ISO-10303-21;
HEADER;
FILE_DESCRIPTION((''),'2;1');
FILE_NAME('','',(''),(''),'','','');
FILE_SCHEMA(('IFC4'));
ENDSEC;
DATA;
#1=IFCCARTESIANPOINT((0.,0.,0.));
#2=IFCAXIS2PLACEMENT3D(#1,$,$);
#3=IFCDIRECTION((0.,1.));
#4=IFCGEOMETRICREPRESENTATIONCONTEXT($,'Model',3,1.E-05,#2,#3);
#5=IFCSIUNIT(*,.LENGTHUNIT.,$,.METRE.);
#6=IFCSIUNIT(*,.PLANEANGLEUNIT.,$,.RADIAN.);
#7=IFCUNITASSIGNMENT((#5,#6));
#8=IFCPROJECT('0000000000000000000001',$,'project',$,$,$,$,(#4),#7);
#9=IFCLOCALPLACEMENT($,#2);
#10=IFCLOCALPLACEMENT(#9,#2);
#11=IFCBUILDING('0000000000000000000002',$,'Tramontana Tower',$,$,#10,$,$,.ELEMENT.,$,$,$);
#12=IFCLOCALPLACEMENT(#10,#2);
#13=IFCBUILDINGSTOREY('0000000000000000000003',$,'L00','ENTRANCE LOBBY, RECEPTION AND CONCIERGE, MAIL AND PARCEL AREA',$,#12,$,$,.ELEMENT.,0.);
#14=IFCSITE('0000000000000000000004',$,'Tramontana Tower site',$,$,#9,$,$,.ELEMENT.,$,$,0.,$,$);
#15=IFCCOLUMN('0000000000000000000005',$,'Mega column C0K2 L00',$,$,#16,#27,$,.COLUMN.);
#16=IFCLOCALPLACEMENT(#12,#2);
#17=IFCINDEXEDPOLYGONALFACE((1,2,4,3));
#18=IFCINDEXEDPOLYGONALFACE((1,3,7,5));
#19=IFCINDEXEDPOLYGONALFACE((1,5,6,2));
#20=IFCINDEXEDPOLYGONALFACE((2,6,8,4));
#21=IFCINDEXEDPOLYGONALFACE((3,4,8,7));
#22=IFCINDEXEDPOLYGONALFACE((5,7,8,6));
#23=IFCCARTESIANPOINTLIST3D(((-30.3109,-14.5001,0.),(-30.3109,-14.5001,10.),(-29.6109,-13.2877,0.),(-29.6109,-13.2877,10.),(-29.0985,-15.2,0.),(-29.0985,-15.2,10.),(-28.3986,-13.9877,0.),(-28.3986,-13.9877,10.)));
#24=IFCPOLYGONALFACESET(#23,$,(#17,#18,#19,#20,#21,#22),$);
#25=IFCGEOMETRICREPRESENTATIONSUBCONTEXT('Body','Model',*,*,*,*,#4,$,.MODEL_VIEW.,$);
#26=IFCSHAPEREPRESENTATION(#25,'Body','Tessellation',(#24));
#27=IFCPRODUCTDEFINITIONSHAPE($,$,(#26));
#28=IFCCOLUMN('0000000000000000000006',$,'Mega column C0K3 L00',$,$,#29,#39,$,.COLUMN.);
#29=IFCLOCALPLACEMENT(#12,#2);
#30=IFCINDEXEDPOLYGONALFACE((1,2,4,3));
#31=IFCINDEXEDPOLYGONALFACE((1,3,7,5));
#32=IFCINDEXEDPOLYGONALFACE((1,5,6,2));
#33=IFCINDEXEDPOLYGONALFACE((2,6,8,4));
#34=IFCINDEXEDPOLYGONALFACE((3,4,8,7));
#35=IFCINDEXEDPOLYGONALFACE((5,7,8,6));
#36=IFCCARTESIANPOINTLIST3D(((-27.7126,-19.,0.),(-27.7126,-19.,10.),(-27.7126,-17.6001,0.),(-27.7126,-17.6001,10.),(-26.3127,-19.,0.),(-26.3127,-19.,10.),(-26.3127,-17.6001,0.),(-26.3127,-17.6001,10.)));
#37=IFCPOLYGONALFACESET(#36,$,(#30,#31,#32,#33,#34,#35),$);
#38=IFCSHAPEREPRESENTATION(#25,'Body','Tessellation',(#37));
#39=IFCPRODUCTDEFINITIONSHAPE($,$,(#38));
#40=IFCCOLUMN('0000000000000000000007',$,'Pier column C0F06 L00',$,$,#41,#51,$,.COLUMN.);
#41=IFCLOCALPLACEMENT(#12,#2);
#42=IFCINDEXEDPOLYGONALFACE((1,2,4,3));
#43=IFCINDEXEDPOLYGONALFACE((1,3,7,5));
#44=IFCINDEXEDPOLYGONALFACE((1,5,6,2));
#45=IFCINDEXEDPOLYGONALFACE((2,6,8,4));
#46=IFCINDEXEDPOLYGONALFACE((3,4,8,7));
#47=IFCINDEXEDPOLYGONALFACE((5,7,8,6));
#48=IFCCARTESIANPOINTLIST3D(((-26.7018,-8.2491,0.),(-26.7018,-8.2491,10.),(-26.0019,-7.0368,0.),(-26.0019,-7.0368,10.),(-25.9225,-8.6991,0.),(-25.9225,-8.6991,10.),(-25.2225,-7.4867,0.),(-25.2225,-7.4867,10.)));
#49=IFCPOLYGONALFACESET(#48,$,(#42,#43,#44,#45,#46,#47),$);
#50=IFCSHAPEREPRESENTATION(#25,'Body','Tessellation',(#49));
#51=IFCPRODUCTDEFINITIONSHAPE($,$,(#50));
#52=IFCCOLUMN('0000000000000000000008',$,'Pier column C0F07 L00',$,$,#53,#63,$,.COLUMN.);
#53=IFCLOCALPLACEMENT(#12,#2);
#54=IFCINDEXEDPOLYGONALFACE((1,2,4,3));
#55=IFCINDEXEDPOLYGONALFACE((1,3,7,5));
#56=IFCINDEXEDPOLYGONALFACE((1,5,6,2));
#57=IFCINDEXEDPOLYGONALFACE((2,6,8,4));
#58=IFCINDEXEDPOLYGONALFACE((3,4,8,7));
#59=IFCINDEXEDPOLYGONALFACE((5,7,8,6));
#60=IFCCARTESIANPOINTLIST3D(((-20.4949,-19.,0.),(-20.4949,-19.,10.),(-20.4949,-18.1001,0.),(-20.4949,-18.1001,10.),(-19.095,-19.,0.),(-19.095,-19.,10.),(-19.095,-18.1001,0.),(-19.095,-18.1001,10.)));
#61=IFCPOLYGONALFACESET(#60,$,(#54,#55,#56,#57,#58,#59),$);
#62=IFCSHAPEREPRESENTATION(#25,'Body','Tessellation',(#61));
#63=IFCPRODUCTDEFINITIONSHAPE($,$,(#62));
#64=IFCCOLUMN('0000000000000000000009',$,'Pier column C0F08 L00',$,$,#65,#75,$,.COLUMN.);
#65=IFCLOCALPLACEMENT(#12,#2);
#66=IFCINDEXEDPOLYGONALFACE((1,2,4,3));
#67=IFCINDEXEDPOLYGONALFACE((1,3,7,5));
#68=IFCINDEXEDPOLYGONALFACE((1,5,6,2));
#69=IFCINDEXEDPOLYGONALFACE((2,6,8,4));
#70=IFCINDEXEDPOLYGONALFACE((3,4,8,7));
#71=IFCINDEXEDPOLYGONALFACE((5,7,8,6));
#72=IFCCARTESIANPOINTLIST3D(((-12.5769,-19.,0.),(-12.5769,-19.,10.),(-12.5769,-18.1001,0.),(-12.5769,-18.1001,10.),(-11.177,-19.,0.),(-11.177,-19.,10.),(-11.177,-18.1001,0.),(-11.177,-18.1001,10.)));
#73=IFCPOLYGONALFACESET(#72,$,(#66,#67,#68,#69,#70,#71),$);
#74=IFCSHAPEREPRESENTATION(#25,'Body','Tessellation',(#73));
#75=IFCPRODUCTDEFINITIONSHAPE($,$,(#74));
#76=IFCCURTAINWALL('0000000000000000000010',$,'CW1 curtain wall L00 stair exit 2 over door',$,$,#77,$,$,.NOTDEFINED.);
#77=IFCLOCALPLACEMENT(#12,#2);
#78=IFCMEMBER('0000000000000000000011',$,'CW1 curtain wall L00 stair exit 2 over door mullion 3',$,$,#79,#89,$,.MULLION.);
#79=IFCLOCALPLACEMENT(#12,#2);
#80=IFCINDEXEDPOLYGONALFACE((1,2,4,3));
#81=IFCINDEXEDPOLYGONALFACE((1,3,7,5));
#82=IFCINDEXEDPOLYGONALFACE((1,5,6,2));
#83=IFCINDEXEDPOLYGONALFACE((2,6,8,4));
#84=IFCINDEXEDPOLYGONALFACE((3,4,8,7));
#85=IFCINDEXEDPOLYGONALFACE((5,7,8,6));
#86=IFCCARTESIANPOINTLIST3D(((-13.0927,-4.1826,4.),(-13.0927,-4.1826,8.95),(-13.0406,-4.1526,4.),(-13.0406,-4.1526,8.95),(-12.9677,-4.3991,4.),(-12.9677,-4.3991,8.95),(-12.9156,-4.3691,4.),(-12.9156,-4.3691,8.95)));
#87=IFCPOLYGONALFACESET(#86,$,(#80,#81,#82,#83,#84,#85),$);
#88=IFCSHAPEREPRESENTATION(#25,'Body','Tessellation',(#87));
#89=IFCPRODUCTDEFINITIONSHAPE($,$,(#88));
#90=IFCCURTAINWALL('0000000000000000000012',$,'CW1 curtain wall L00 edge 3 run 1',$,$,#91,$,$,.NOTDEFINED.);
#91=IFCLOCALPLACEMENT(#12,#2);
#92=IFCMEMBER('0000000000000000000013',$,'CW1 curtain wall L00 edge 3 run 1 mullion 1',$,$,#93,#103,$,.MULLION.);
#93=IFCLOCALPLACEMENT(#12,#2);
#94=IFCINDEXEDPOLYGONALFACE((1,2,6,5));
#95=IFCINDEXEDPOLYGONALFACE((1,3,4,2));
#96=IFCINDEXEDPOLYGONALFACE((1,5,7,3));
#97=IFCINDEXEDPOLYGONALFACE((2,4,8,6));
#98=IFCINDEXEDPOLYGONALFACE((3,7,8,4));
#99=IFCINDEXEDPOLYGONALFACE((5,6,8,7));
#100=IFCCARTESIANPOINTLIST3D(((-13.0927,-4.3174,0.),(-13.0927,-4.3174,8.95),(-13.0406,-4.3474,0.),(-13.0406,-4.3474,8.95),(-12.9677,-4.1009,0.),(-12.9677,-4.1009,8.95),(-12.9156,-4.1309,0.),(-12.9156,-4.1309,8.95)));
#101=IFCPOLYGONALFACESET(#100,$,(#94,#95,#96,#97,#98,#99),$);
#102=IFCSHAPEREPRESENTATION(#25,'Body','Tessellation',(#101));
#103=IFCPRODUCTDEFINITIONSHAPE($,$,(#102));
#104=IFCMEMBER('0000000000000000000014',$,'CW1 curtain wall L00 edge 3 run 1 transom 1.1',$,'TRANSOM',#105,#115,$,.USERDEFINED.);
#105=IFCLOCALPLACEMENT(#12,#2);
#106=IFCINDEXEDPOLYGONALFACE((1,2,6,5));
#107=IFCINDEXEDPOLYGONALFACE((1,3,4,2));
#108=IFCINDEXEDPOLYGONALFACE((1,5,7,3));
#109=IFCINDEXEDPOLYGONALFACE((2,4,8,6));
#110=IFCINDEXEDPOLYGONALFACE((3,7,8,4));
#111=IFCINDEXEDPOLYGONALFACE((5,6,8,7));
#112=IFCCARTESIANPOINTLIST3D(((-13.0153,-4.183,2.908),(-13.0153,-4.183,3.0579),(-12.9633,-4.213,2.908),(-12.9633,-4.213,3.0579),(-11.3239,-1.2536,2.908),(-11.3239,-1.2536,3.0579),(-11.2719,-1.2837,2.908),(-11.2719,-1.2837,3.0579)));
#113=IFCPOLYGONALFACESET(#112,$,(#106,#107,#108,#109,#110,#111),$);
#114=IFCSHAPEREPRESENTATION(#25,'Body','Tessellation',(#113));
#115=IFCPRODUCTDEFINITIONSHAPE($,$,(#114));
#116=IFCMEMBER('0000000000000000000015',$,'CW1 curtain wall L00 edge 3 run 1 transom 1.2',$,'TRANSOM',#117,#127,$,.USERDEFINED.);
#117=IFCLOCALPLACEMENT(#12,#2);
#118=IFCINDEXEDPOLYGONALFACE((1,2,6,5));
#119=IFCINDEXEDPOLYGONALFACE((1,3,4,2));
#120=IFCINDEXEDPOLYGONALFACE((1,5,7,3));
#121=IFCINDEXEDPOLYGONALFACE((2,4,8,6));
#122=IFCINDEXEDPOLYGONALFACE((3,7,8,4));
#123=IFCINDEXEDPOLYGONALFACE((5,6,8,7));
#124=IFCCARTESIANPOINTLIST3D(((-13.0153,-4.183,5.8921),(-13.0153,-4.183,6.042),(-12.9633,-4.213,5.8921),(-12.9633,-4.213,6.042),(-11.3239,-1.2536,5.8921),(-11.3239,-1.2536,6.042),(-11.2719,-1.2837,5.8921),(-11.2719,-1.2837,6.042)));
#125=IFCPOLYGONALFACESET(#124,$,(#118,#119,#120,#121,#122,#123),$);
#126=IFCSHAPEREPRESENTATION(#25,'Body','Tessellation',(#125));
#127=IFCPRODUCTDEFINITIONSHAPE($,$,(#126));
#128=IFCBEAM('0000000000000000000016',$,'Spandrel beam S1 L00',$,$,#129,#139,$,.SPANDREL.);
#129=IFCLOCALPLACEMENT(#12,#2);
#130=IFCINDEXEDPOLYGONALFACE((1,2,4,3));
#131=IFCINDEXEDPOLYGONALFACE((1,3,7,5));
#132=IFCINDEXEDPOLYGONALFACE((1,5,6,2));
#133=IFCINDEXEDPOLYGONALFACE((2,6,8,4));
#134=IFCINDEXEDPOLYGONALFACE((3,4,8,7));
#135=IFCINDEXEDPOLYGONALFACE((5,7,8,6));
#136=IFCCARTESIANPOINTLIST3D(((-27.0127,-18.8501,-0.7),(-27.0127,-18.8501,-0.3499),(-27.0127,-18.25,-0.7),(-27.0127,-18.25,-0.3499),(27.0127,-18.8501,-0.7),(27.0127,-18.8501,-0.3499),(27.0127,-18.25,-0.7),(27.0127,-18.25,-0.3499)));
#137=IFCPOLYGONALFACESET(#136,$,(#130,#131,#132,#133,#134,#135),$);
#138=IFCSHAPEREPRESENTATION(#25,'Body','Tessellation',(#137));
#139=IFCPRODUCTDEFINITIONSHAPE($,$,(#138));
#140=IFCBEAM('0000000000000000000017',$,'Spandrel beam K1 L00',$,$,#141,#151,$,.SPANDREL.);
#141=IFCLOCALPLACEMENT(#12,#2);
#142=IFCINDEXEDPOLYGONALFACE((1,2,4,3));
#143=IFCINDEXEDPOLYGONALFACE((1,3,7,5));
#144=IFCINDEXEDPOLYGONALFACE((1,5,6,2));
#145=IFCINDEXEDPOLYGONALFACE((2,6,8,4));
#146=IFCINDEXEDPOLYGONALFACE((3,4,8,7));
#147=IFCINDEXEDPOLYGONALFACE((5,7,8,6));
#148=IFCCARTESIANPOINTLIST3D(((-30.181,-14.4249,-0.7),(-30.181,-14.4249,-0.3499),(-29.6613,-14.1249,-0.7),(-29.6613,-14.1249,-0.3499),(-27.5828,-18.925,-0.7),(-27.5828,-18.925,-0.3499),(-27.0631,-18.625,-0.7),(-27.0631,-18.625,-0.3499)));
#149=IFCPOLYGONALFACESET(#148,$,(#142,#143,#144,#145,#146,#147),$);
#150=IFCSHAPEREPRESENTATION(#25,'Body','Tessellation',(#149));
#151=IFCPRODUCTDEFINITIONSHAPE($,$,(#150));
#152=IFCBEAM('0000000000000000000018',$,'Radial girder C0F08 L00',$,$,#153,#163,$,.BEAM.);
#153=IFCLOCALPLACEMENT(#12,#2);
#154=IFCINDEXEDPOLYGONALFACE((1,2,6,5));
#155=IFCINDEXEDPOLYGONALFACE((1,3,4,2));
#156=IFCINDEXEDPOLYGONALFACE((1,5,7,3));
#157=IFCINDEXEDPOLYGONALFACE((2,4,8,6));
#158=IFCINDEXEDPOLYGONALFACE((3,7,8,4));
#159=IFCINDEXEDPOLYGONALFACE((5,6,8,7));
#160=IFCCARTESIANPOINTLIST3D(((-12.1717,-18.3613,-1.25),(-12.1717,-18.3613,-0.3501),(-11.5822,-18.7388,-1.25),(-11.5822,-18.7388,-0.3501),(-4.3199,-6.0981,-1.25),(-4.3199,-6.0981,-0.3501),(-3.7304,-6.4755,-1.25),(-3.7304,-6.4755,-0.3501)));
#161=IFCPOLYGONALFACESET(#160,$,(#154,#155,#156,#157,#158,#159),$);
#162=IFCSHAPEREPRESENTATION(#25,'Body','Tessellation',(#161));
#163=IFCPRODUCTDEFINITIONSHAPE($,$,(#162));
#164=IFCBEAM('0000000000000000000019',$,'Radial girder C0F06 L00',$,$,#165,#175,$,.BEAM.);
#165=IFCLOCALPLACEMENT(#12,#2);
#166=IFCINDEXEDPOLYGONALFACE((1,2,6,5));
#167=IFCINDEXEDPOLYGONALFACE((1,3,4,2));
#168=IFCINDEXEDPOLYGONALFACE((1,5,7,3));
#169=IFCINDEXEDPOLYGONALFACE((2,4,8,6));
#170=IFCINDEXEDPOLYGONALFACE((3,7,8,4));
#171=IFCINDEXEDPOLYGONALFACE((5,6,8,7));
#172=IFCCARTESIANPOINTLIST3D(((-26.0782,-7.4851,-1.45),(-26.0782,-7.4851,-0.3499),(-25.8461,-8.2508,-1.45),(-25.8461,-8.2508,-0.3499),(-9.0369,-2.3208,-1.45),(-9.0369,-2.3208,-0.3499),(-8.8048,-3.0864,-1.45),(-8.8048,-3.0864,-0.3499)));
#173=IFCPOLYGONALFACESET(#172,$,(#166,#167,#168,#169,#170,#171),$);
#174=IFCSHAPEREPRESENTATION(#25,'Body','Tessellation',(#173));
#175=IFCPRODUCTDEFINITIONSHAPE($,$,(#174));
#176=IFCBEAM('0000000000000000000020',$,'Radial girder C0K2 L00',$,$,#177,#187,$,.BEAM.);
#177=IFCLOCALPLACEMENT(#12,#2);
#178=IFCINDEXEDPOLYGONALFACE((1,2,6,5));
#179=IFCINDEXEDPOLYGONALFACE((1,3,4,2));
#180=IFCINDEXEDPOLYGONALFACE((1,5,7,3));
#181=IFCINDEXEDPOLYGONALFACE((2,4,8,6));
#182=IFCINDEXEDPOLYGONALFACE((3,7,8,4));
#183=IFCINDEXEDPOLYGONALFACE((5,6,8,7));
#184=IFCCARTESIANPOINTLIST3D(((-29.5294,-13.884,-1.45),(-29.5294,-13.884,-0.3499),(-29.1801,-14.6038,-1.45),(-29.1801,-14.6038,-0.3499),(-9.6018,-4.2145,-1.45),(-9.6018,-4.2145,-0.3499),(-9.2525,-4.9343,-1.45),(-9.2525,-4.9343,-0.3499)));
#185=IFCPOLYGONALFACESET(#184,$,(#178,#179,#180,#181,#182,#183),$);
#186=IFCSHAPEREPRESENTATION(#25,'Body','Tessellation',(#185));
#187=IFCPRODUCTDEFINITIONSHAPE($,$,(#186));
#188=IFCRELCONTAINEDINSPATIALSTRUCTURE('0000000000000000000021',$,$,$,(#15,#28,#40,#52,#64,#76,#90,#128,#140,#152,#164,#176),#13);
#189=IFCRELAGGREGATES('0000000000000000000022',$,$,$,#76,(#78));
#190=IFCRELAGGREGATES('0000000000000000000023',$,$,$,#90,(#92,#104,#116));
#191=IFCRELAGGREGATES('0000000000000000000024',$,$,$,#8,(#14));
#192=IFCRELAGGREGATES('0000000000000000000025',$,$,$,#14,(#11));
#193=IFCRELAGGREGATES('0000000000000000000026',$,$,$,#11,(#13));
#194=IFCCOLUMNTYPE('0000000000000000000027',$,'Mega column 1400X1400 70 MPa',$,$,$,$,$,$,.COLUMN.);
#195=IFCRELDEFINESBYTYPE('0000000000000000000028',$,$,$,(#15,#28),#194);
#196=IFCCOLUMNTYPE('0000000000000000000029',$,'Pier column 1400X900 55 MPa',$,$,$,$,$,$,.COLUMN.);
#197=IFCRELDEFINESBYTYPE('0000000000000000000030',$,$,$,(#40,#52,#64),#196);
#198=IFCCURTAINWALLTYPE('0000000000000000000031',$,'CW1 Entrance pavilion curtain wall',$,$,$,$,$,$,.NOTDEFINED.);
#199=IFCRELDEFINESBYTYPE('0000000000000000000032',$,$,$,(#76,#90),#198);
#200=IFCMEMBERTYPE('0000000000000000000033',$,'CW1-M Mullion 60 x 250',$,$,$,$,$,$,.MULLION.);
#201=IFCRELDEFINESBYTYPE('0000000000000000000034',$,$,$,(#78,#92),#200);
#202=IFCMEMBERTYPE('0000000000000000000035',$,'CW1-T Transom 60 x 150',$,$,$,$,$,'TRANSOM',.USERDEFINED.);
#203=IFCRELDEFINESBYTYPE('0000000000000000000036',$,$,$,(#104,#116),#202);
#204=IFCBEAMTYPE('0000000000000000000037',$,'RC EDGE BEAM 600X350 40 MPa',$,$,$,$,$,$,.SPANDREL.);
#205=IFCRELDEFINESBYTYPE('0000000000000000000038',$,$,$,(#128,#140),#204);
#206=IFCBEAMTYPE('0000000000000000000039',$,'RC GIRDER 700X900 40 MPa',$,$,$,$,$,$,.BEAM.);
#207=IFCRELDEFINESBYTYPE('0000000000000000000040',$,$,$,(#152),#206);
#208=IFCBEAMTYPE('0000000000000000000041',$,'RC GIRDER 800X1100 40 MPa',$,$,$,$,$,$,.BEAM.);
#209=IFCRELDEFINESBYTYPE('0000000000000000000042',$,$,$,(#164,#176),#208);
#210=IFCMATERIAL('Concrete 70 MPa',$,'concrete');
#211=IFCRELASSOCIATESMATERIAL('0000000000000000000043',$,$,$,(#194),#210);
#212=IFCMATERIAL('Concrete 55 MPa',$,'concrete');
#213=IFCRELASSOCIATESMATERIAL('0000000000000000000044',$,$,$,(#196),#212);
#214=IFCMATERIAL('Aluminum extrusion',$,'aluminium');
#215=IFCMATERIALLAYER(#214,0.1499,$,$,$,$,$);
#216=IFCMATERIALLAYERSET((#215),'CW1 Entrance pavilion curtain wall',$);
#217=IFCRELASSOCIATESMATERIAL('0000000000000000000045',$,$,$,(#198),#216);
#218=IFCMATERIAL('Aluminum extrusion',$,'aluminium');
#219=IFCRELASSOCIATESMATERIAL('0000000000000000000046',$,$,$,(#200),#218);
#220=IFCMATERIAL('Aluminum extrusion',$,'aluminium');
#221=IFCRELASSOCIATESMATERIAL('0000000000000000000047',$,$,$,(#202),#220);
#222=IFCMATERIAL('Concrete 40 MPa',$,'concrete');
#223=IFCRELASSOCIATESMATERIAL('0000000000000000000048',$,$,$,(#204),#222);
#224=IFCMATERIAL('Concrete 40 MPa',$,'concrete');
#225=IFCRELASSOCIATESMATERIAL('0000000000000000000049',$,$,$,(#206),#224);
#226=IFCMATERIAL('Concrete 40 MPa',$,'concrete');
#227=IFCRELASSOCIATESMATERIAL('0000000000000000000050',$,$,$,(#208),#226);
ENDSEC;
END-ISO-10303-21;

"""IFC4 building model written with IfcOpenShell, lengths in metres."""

from ifc_helpers import new_model, si_unit, direction, frame, origin, origin_2d, place, context, subcontext, project, spatial, rectangle, extrude, material, layer, layer_set, material_profile, profile_set, type_object, element, aggregate, save


model = new_model("IFC4")

# Units and contexts
model_context = context("Model", 3, precision=1e-05, world=origin(), true_north=direction((0.0, 1.0)))
body_context = subcontext(model_context, "Body", "Model", "MODEL_VIEW")
ifc_project = project(units=[si_unit("LENGTHUNIT", "METRE"), si_unit("PLANEANGLEUNIT", "RADIAN")], contexts=[model_context])

# Site, building, storey
site_placement = place(None, origin())
site = spatial("IfcSite", under=ifc_project, at=site_placement, Name="Tramontana Tower site", CompositionType="ELEMENT", RefElevation=0.0)
building_placement = place(site_placement, origin())
building = spatial("IfcBuilding", under=site, at=building_placement, Name="Tramontana Tower", CompositionType="ELEMENT")
storey_placement = place(building_placement, origin())
storey = spatial("IfcBuildingStorey", under=building, at=storey_placement, Name="L00", Description="ENTRANCE LOBBY, RECEPTION AND CONCIERGE, MAIL AND PARCEL AREA", CompositionType="ELEMENT", Elevation=0.0)

# Columns
ifc_material_1 = material(Name="Concrete 70 MPa", Category="concrete")
ifc_material_profile_1 = material_profile(ifc_material_1, rectangle(XDim=1.3999, YDim=1.3999, at=origin_2d()), Name="Mega column 1400X1400 70 MPa")
ifc_profile_set_1 = profile_set([ifc_material_profile_1], Name="Concrete 70 MPa")
column_type_1 = type_object("IfcColumnType", Name="Mega column 1400X1400 70 MPa", PredefinedType="COLUMN", material=ifc_profile_set_1)
for number, where, z_axis, x_axis, name in (
    (1, (-29.3547, -14.2439, 0.0), (0.0, 0.0, 1.0), (-0.5, -0.866025, 0.0), "Mega column C0K2 L00"),
    (2, (-27.0127, -18.3, 0.0), (0.0, 0.0, 1.0), (1.0, 0.0, 0.0), "Mega column C0K3 L00"),
):
    element("IfcColumn", number, at=place(storey_placement, frame(where, z_axis=z_axis, x_axis=x_axis)), inside=storey, type_object=column_type_1, Name=name, PredefinedType="COLUMN", context=body_context, shape_type="SweptSolid", body=[
        extrude(rectangle(XDim=1.3999, YDim=1.3999, at=origin_2d()), origin(), (0.0, 0.0, 1.0), 10.0),
    ])
ifc_material_2 = material(Name="Concrete 55 MPa", Category="concrete")
ifc_material_profile_2 = material_profile(ifc_material_2, rectangle(XDim=1.3999, YDim=0.8999, at=origin_2d()), Name="Pier column 1400X900 55 MPa")
ifc_profile_set_2 = profile_set([ifc_material_profile_2], Name="Concrete 55 MPa")
column_type_2 = type_object("IfcColumnType", Name="Pier column 1400X900 55 MPa", PredefinedType="COLUMN", material=ifc_profile_set_2)
for number, where, z_axis, x_axis, name in (
    (3, (-25.9622, -7.8679, 0.0), (0.0, 0.0, 1.0), (-0.5, -0.866025, 0.0), "Pier column C0F06 L00"),
    (4, (-19.7949, -18.55, 0.0), (0.0, 0.0, 1.0), (1.0, 0.0, 0.0), "Pier column C0F07 L00"),
    (5, (-11.877, -18.55, 0.0), (0.0, 0.0, 1.0), (1.0, 0.0, 0.0), "Pier column C0F08 L00"),
):
    element("IfcColumn", number, at=place(storey_placement, frame(where, z_axis=z_axis, x_axis=x_axis)), inside=storey, type_object=column_type_2, Name=name, PredefinedType="COLUMN", context=body_context, shape_type="SweptSolid", body=[
        extrude(rectangle(XDim=1.3999, YDim=0.8999, at=origin_2d()), origin(), (0.0, 0.0, 1.0), 10.0),
    ])

# Curtain wall, member
ifc_material_3 = material(Name="Aluminum extrusion", Category="aluminium")
ifc_layer_1 = layer(ifc_material_3, 0.1499)
ifc_layer_set_1 = layer_set([ifc_layer_1], Name="CW1 Entrance pavilion curtain wall")
curtain_wall_type = type_object("IfcCurtainWallType", Name="CW1 Entrance pavilion curtain wall", PredefinedType="NOTDEFINED", material=ifc_layer_set_1)
curtain_wall_1_placement = place(storey_placement, origin())
curtain_wall_1 = element("IfcCurtainWall", 6, at=curtain_wall_1_placement, inside=storey, type_object=curtain_wall_type, Name="CW1 curtain wall L00 stair exit 2 over door", PredefinedType="NOTDEFINED")
ifc_material_4 = material(Name="Aluminum extrusion", Category="aluminium")
ifc_material_profile_3 = material_profile(ifc_material_4, rectangle(XDim=0.0601, YDim=0.25, at=origin_2d()), Name="CW1-M Mullion 60 x 250")
ifc_profile_set_3 = profile_set([ifc_material_profile_3], Name="Aluminum extrusion")
member_type_1 = type_object("IfcMemberType", Name="CW1-M Mullion 60 x 250", PredefinedType="MULLION", material=ifc_profile_set_3)
member_1_placement = place(storey_placement, frame((-13.0042, -4.2759, 4.0), z_axis=(0.0, 0.0, 1.0), x_axis=(-0.866025, -0.5, 0.0)))
member_1 = element("IfcMember", 7, at=member_1_placement, type_object=member_type_1, Name="CW1 curtain wall L00 stair exit 2 over door mullion 3", PredefinedType="MULLION", context=body_context, shape_type="SweptSolid", body=[
    extrude(rectangle(XDim=0.0601, YDim=0.25, at=origin_2d()), origin(), (0.0, 0.0, 1.0), 4.95),
])

# Curtain wall, members
curtain_wall_2_placement = place(storey_placement, origin())
curtain_wall_2 = element("IfcCurtainWall", 8, at=curtain_wall_2_placement, inside=storey, type_object=curtain_wall_type, Name="CW1 curtain wall L00 edge 3 run 1", PredefinedType="NOTDEFINED")
member_2_placement = place(storey_placement, frame((-13.0042, -4.2241, 0.0), z_axis=(0.0, 0.0, 1.0), x_axis=(-0.866025, 0.5, 0.0)))
member_2 = element("IfcMember", 9, at=member_2_placement, type_object=member_type_1, Name="CW1 curtain wall L00 edge 3 run 1 mullion 1", PredefinedType="MULLION", context=body_context, shape_type="SweptSolid", body=[
    extrude(rectangle(XDim=0.0601, YDim=0.25, at=origin_2d()), origin(), (0.0, 0.0, 1.0), 8.95),
])
ifc_material_5 = material(Name="Aluminum extrusion", Category="aluminium")
ifc_material_profile_4 = material_profile(ifc_material_5, rectangle(XDim=0.0601, YDim=0.1499, at=origin_2d()), Name="CW1-T Transom 60 x 150")
ifc_profile_set_4 = profile_set([ifc_material_profile_4], Name="Aluminum extrusion")
member_type_2 = type_object("IfcMemberType", Name="CW1-T Transom 60 x 150", ElementType="TRANSOM", PredefinedType="USERDEFINED", material=ifc_profile_set_4)
member_3_placement = place(storey_placement, frame((-12.9893, -4.198, 2.9829), z_axis=(0.50002, 0.866014, 0.0), x_axis=(-0.866014, 0.50002, 0.0)))
member_3 = element("IfcMember", 10, at=member_3_placement, type_object=member_type_2, Name="CW1 curtain wall L00 edge 3 run 1 transom 1.1", ObjectType="TRANSOM", PredefinedType="USERDEFINED", context=body_context, shape_type="SweptSolid", body=[
    extrude(rectangle(XDim=0.0601, YDim=0.1499, at=origin_2d()), origin(), (0.0, 0.0, 1.0), 3.3826),
])
member_4_placement = place(storey_placement, frame((-12.9893, -4.198, 5.967), z_axis=(0.50002, 0.866014, 0.0), x_axis=(-0.866014, 0.50002, 0.0)))
member_4 = element("IfcMember", 11, at=member_4_placement, type_object=member_type_2, Name="CW1 curtain wall L00 edge 3 run 1 transom 1.2", ObjectType="TRANSOM", PredefinedType="USERDEFINED", context=body_context, shape_type="SweptSolid", body=[
    extrude(rectangle(XDim=0.0601, YDim=0.1499, at=origin_2d()), origin(), (0.0, 0.0, 1.0), 3.3826),
])

# Beams
ifc_material_6 = material(Name="Concrete 40 MPa", Category="concrete")
ifc_material_profile_5 = material_profile(ifc_material_6, rectangle(XDim=0.6001, YDim=0.3501, at=origin_2d()), Name="RC EDGE BEAM 600X350 40 MPa")
ifc_profile_set_5 = profile_set([ifc_material_profile_5], Name="Concrete 40 MPa")
beam_type_1 = type_object("IfcBeamType", Name="RC EDGE BEAM 600X350 40 MPa", PredefinedType="SPANDREL", material=ifc_profile_set_5)
beam_1_placement = place(storey_placement, frame((-27.0127, -18.55, -0.5249), z_axis=(1.0, 0.0, 0.0), x_axis=(0.0, 1.0, 0.0)))
element("IfcBeam", 12, at=beam_1_placement, inside=storey, type_object=beam_type_1, Name="Spandrel beam S1 L00", PredefinedType="SPANDREL", context=body_context, shape_type="SweptSolid", body=[
    extrude(rectangle(XDim=0.6001, YDim=0.3501, at=origin_2d()), origin(), (0.0, 0.0, 1.0), 54.0254),
])
beam_2_placement = place(storey_placement, frame((-29.9211, -14.2749, -0.5249), z_axis=(0.50001, -0.86602, 0.0), x_axis=(0.86602, 0.50001, 0.0)))
element("IfcBeam", 13, at=beam_2_placement, inside=storey, type_object=beam_type_1, Name="Spandrel beam K1 L00", PredefinedType="SPANDREL", context=body_context, shape_type="SweptSolid", body=[
    extrude(rectangle(XDim=0.6001, YDim=0.3501, at=origin_2d()), origin(), (0.0, 0.0, 1.0), 5.1963),
])
ifc_material_7 = material(Name="Concrete 40 MPa", Category="concrete")
ifc_material_profile_6 = material_profile(ifc_material_7, rectangle(XDim=0.7, YDim=0.8999, at=origin_2d()), Name="RC GIRDER 700X900 40 MPa")
ifc_profile_set_6 = profile_set([ifc_material_profile_6], Name="Concrete 40 MPa")
beam_type_2 = type_object("IfcBeamType", Name="RC GIRDER 700X900 40 MPa", PredefinedType="BEAM", material=ifc_profile_set_6)
beam_3_placement = place(storey_placement, frame((-11.877, -18.55, -0.8), z_axis=(0.539218, 0.842166, 0.0), x_axis=(-0.842166, 0.539218, 0.0)))
element("IfcBeam", 14, at=beam_3_placement, inside=storey, type_object=beam_type_2, Name="Radial girder C0F08 L00", PredefinedType="BEAM", context=body_context, shape_type="SweptSolid", body=[
    extrude(rectangle(XDim=0.7, YDim=0.8999, at=origin_2d()), origin(), (0.0, 0.0, 1.0), 14.5615),
])
ifc_material_8 = material(Name="Concrete 40 MPa", Category="concrete")
ifc_material_profile_7 = material_profile(ifc_material_8, rectangle(XDim=0.8, YDim=1.1001, at=origin_2d()), Name="RC GIRDER 800X1100 40 MPa")
ifc_profile_set_7 = profile_set([ifc_material_profile_7], Name="Concrete 40 MPa")
beam_type_3 = type_object("IfcBeamType", Name="RC GIRDER 800X1100 40 MPa", PredefinedType="BEAM", material=ifc_profile_set_7)
beam_4_placement = place(storey_placement, frame((-25.9622, -7.8679, -0.8999), z_axis=(0.95702, 0.290022, 0.0), x_axis=(-0.290022, 0.95702, 0.0)))
element("IfcBeam", 15, at=beam_4_placement, inside=storey, type_object=beam_type_3, Name="Radial girder C0F06 L00", PredefinedType="BEAM", context=body_context, shape_type="SweptSolid", body=[
    extrude(rectangle(XDim=0.8, YDim=1.1001, at=origin_2d()), origin(), (0.0, 0.0, 1.0), 17.8066),
])
beam_5_placement = place(storey_placement, frame((-29.3547, -14.2439, -0.8999), z_axis=(0.899679, 0.436552, 0.0), x_axis=(-0.436552, 0.899679, 0.0)))
element("IfcBeam", 16, at=beam_5_placement, inside=storey, type_object=beam_type_3, Name="Radial girder C0K2 L00", PredefinedType="BEAM", context=body_context, shape_type="SweptSolid", body=[
    extrude(rectangle(XDim=0.8, YDim=1.1001, at=origin_2d()), origin(), (0.0, 0.0, 1.0), 22.1497),
])

aggregate(curtain_wall_1, [member_1])
aggregate(curtain_wall_2, [member_2, member_3, member_4])

save(model, "model.ifc")
